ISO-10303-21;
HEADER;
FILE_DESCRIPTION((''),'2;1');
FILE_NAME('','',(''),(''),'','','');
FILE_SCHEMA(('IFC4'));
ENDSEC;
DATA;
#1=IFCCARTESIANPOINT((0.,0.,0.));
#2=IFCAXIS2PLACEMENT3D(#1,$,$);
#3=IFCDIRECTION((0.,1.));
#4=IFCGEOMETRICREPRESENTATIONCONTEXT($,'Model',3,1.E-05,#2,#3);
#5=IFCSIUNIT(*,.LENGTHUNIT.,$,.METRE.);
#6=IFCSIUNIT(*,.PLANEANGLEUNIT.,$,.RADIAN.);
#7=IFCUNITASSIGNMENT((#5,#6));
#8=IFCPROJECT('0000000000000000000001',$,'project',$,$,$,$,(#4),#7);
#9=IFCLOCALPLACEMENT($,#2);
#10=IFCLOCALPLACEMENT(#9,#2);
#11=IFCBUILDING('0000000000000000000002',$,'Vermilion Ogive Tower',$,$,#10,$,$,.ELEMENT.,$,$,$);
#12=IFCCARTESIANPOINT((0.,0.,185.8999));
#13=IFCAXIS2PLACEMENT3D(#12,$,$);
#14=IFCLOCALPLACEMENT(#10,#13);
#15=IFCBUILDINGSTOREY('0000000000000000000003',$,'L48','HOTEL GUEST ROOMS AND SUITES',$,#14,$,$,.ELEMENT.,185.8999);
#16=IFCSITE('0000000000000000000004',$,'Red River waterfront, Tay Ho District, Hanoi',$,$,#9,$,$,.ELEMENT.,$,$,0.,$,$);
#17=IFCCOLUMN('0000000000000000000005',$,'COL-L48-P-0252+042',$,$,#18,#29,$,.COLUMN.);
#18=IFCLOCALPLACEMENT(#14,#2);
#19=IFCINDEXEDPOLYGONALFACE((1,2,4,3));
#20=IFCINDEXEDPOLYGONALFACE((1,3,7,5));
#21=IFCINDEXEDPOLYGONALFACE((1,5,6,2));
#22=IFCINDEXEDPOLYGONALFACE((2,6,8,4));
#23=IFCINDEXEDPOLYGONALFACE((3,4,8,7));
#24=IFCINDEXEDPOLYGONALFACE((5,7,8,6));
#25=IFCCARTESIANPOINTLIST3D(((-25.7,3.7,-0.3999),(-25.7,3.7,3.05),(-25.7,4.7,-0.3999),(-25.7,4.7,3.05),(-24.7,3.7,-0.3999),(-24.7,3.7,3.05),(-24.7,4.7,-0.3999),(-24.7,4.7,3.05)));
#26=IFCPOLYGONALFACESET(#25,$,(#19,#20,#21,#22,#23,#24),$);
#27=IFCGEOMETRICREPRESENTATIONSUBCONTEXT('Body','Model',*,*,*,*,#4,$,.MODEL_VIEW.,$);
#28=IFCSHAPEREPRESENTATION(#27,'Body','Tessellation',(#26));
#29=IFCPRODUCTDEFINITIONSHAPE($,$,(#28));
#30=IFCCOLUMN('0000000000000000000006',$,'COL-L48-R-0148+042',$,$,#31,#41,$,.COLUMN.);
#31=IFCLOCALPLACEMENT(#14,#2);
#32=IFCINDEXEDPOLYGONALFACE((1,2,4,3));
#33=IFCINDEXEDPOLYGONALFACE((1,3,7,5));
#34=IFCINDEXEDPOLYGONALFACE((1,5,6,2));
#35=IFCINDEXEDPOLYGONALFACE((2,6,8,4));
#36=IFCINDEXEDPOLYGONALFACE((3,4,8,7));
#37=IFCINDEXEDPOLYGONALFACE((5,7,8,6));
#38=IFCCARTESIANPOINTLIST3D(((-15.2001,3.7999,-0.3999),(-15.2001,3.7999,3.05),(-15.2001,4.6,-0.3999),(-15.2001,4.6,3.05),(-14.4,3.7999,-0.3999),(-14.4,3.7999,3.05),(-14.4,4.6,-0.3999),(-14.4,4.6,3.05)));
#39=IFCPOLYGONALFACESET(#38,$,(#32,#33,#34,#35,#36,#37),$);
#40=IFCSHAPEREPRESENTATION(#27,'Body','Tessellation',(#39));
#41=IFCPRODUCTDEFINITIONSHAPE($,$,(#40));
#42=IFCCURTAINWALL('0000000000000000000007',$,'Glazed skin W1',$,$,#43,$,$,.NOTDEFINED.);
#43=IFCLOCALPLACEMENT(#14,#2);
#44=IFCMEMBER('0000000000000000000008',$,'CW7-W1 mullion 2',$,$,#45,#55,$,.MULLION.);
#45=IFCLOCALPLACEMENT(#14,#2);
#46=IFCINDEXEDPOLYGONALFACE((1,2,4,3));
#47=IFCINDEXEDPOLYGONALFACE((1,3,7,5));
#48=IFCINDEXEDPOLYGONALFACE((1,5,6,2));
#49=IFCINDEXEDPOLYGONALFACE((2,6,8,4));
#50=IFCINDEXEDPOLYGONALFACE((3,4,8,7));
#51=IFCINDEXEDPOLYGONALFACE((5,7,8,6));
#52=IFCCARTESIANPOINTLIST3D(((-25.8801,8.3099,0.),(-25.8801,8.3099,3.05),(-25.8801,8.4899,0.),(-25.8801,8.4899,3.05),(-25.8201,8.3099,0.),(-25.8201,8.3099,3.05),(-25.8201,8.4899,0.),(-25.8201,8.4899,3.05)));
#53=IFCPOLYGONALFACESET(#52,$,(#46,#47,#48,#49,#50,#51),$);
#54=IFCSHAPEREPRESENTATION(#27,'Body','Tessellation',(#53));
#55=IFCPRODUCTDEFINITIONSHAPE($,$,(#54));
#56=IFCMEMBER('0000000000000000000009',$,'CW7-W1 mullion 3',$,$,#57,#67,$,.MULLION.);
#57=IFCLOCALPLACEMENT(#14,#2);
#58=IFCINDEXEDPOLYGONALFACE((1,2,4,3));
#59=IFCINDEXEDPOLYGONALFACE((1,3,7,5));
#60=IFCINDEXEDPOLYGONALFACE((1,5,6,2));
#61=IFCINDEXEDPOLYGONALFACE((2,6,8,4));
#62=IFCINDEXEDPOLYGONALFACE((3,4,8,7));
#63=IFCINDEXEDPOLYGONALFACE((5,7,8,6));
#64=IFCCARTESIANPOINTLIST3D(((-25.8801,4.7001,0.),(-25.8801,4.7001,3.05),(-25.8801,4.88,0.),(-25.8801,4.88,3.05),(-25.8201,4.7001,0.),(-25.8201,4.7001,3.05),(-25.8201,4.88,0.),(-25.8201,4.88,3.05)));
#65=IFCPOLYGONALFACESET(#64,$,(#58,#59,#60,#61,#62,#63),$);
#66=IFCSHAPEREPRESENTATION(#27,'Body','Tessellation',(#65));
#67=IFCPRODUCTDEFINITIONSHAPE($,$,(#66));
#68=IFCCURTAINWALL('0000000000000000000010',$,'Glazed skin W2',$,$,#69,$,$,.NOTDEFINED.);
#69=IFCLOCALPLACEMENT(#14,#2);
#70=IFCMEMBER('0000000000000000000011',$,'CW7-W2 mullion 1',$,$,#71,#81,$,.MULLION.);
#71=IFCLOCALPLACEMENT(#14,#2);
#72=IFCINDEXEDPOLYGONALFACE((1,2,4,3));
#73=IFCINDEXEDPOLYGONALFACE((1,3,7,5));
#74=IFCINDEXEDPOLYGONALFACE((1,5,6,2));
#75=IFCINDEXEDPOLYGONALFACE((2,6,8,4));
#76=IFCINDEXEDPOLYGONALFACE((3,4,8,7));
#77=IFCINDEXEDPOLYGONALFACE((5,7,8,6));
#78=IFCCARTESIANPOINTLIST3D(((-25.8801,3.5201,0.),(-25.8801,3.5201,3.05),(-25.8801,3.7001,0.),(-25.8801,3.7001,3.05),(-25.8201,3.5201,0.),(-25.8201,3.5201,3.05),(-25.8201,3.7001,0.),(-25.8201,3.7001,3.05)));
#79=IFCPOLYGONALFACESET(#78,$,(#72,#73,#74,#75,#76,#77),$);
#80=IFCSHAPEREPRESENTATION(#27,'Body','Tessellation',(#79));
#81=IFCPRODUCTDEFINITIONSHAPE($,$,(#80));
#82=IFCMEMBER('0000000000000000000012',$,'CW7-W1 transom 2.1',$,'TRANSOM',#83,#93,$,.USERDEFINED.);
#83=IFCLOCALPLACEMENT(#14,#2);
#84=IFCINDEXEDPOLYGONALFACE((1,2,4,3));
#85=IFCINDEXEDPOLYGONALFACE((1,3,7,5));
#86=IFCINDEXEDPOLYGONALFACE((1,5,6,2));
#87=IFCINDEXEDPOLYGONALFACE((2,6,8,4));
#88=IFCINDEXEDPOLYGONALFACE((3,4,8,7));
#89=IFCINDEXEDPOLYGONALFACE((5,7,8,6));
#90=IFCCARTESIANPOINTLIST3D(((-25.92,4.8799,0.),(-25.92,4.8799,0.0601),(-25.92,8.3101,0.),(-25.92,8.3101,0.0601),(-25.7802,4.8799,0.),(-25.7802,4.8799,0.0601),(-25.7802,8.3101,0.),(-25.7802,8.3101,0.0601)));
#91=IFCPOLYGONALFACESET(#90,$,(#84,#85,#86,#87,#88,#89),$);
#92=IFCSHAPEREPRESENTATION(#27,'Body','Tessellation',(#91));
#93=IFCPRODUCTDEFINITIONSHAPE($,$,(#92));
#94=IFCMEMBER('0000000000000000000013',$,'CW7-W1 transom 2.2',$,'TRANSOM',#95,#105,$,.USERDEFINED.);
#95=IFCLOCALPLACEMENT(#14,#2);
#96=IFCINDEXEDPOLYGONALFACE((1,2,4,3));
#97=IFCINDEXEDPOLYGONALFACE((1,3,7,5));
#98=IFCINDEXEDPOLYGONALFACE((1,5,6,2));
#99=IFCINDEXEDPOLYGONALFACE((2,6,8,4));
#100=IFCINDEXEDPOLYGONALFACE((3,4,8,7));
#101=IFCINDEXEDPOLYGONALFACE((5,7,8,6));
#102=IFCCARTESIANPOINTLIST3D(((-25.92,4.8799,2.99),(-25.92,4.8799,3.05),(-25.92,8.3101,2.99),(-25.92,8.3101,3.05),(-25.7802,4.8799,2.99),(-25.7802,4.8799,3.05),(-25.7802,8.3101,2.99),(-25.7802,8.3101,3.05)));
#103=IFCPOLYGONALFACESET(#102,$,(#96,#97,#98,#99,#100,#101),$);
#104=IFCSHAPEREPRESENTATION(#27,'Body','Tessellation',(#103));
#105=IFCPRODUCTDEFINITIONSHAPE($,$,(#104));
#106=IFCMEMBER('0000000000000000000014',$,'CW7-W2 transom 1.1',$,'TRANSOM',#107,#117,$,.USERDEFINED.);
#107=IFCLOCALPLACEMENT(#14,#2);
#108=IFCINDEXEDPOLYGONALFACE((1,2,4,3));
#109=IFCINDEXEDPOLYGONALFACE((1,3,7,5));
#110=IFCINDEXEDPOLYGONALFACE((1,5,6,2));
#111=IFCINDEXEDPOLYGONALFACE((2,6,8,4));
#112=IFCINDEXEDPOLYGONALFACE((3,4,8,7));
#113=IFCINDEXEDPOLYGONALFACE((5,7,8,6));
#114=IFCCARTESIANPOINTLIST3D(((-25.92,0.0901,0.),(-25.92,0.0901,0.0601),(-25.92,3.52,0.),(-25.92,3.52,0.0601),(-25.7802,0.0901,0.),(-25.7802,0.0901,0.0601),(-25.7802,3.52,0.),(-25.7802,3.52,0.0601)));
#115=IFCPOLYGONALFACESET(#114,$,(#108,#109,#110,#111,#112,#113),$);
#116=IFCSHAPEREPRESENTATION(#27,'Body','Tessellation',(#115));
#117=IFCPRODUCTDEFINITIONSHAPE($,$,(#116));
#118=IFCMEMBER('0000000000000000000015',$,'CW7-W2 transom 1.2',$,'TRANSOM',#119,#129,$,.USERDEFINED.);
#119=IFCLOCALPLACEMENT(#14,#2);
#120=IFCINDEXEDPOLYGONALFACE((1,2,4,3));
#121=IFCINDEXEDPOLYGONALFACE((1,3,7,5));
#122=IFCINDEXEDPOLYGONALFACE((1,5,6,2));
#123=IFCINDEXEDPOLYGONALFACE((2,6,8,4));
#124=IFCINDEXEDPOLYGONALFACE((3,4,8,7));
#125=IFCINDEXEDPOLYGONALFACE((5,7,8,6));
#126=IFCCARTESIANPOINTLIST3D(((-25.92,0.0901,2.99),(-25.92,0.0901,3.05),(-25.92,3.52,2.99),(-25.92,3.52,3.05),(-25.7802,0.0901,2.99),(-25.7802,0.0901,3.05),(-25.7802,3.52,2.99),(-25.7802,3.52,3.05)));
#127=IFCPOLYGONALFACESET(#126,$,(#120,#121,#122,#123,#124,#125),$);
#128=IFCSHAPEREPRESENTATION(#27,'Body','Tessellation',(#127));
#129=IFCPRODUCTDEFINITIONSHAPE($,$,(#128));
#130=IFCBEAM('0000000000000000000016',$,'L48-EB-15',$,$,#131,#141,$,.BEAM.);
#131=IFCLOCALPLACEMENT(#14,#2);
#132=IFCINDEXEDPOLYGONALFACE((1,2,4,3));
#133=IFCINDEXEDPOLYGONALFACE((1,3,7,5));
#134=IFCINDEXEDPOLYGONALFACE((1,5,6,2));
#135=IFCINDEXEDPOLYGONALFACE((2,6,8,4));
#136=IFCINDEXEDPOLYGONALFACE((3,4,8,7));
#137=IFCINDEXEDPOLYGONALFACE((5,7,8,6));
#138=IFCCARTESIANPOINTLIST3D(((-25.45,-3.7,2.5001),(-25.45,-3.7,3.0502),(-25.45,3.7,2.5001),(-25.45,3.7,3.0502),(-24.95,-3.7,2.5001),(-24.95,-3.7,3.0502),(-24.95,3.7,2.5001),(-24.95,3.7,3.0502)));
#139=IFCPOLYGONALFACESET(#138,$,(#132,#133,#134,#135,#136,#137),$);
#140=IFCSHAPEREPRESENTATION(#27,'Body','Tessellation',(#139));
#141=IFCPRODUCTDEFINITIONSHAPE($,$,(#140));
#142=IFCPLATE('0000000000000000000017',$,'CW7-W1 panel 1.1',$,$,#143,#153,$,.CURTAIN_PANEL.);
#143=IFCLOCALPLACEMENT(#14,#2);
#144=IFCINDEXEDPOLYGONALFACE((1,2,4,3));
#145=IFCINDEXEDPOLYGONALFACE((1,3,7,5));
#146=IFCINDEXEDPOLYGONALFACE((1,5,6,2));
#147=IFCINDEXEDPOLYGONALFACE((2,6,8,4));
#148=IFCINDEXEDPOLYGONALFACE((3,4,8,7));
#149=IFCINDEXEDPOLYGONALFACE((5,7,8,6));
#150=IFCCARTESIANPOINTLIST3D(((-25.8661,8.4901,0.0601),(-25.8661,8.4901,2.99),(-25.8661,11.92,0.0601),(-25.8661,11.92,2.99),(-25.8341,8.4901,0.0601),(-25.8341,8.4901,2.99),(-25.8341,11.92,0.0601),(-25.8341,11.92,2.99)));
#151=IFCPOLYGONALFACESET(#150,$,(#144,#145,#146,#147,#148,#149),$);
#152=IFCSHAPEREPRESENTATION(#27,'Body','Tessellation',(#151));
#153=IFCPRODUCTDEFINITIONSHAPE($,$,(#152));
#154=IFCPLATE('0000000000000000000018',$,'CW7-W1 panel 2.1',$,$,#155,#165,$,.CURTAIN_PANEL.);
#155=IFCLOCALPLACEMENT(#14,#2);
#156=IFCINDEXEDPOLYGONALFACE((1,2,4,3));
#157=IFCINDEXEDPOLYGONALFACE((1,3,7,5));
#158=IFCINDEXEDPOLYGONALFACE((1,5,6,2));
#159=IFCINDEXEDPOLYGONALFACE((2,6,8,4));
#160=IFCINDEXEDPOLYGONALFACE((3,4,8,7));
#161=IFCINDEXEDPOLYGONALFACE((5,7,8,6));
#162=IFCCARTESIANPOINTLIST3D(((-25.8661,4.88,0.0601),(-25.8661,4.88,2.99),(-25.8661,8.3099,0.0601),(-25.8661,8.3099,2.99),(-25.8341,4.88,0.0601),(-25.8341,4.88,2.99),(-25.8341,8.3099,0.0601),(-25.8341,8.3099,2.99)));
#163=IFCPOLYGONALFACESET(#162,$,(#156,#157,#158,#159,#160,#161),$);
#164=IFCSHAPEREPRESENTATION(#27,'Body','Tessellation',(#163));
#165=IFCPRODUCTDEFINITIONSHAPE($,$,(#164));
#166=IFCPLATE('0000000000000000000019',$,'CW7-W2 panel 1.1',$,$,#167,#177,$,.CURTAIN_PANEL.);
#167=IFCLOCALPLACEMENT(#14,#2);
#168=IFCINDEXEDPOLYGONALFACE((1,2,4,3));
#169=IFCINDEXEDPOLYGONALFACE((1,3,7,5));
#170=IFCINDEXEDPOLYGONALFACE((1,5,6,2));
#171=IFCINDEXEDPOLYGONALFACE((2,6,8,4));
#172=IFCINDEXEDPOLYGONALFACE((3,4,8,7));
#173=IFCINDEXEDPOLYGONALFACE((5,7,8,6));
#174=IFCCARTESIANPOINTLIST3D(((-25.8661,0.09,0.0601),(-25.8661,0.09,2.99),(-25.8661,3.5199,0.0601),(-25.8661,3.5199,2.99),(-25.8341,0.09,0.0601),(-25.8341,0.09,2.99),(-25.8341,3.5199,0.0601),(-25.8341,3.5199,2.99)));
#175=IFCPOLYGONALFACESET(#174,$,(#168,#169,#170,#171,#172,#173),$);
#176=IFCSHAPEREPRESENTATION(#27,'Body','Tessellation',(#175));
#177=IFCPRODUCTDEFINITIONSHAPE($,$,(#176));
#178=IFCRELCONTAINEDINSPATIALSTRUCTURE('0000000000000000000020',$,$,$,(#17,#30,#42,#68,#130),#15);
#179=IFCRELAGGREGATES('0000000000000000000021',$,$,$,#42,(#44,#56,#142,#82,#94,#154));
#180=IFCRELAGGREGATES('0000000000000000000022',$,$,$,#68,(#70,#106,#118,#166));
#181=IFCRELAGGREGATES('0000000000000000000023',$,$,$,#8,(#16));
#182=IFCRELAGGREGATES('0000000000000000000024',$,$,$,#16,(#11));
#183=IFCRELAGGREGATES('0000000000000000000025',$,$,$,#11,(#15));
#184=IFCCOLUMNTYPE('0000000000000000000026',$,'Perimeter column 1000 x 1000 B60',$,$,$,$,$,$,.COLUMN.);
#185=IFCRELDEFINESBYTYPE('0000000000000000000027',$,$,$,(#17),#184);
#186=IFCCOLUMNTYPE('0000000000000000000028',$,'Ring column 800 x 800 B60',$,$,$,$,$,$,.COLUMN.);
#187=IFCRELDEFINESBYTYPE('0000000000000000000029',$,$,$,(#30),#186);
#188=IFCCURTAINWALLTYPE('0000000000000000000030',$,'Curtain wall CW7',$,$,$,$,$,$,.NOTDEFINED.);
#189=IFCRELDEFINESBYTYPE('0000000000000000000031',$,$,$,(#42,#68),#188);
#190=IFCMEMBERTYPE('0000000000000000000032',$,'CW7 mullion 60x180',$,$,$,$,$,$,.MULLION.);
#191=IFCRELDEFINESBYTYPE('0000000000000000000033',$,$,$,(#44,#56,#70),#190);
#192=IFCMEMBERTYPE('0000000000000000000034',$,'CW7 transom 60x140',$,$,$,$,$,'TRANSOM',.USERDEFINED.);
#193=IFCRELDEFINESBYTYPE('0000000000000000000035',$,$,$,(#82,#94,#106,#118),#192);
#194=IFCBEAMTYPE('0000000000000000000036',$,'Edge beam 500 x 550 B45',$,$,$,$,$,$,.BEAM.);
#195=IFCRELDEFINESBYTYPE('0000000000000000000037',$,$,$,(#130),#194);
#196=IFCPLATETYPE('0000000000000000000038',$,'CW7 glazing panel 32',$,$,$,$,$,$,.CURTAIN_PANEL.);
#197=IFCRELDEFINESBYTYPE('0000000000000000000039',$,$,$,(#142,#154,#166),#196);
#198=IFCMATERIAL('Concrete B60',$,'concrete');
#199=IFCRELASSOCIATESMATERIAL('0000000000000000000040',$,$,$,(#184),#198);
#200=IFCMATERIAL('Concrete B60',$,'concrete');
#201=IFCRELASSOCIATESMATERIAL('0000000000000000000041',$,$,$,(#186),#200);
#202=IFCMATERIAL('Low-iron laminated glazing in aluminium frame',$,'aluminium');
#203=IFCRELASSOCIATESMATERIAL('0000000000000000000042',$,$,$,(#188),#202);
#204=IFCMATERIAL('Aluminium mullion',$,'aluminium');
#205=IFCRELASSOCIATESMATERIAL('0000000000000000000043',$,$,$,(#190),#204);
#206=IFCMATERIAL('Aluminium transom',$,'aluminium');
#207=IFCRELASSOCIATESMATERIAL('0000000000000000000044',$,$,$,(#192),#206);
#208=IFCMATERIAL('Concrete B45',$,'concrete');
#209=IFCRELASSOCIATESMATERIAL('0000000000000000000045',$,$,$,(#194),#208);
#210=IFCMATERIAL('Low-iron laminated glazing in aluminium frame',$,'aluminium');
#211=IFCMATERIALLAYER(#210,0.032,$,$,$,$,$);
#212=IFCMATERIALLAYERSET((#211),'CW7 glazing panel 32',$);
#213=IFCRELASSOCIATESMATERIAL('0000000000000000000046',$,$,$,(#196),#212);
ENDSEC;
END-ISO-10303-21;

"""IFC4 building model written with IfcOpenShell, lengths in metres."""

from ifc_helpers import new_model, si_unit, direction, frame, origin, origin_2d, place, context, subcontext, project, spatial, rectangle, extrude, material, layer, layer_set, material_profile, profile_set, type_object, element, aggregate, save


model = new_model("IFC4")

# Units and contexts
model_context = context("Model", 3, precision=1e-05, world=origin(), true_north=direction((0.0, 1.0)))
body_context = subcontext(model_context, "Body", "Model", "MODEL_VIEW")
ifc_project = project(units=[si_unit("LENGTHUNIT", "METRE"), si_unit("PLANEANGLEUNIT", "RADIAN")], contexts=[model_context])

# Site, building, storey
site_placement = place(None, origin())
site = spatial("IfcSite", under=ifc_project, at=site_placement, Name="Red River waterfront, Tay Ho District, Hanoi", CompositionType="ELEMENT", RefElevation=0.0)
building_placement = place(site_placement, origin())
building = spatial("IfcBuilding", under=site, at=building_placement, Name="Vermilion Ogive Tower", CompositionType="ELEMENT")
storey_placement = place(building_placement, frame((0.0, 0.0, 185.8999)))
storey = spatial("IfcBuildingStorey", under=building, at=storey_placement, Name="L48", Description="HOTEL GUEST ROOMS AND SUITES", CompositionType="ELEMENT", Elevation=185.8999)

# Columns
ifc_material_1 = material(Name="Concrete B60", Category="concrete")
ifc_material_profile_1 = material_profile(ifc_material_1, rectangle(XDim=1.0, YDim=1.0, at=origin_2d()), Name="1000 x 1000")
ifc_profile_set_1 = profile_set([ifc_material_profile_1], Name="Concrete B60")
column_type_1 = type_object("IfcColumnType", Name="Perimeter column 1000 x 1000 B60", PredefinedType="COLUMN", material=ifc_profile_set_1)
column_1_placement = place(storey_placement, frame((-25.2, 4.2, -0.3999), z_axis=(0.0, 0.0, 1.0), x_axis=(1.0, 0.0, 0.0)))
element("IfcColumn", 1, at=column_1_placement, inside=storey, type_object=column_type_1, Name="COL-L48-P-0252+042", PredefinedType="COLUMN", context=body_context, shape_type="SweptSolid", body=[
    extrude(rectangle(XDim=1.0, YDim=1.0, at=origin_2d()), origin(), (0.0, 0.0, 1.0), 3.45),
])
ifc_material_2 = material(Name="Concrete B60", Category="concrete")
ifc_material_profile_2 = material_profile(ifc_material_2, rectangle(XDim=0.8, YDim=0.8, at=origin_2d()), Name="800 x 800")
ifc_profile_set_2 = profile_set([ifc_material_profile_2], Name="Concrete B60")
column_type_2 = type_object("IfcColumnType", Name="Ring column 800 x 800 B60", PredefinedType="COLUMN", material=ifc_profile_set_2)
column_2_placement = place(storey_placement, frame((-14.8, 4.2, -0.3999), z_axis=(0.0, 0.0, 1.0), x_axis=(1.0, 0.0, 0.0)))
element("IfcColumn", 2, at=column_2_placement, inside=storey, type_object=column_type_2, Name="COL-L48-R-0148+042", PredefinedType="COLUMN", context=body_context, shape_type="SweptSolid", body=[
    extrude(rectangle(XDim=0.8, YDim=0.8, at=origin_2d()), origin(), (0.0, 0.0, 1.0), 3.45),
])

# Curtain wall, members
ifc_material_3 = material(Name="Low-iron laminated glazing in aluminium frame", Category="aluminium")
curtain_wall_type = type_object("IfcCurtainWallType", Name="Curtain wall CW7", PredefinedType="NOTDEFINED", material=ifc_material_3)
curtain_wall_1_placement = place(storey_placement, origin())
curtain_wall_1 = element("IfcCurtainWall", 3, at=curtain_wall_1_placement, inside=storey, type_object=curtain_wall_type, Name="Glazed skin W1", PredefinedType="NOTDEFINED")
ifc_material_4 = material(Name="Aluminium mullion", Category="aluminium")
ifc_material_profile_3 = material_profile(ifc_material_4, rectangle(XDim=0.0601, YDim=0.1799, at=origin_2d()), Name="AL 60x180")
ifc_profile_set_3 = profile_set([ifc_material_profile_3], Name="Aluminium mullion")
member_type_1 = type_object("IfcMemberType", Name="CW7 mullion 60x180", PredefinedType="MULLION", material=ifc_profile_set_3)
member_1_placement = place(storey_placement, frame((-25.8501, 8.3999, 0.0), z_axis=(0.0, 0.0, 1.0), x_axis=(1.0, 0.0, 0.0)))
member_1 = element("IfcMember", 4, at=member_1_placement, type_object=member_type_1, Name="CW7-W1 mullion 2", PredefinedType="MULLION", context=body_context, shape_type="SweptSolid", body=[
    extrude(rectangle(XDim=0.0601, YDim=0.1799, at=origin_2d()), origin(), (0.0, 0.0, 1.0), 3.05),
])
member_2_placement = place(storey_placement, frame((-25.8501, 4.79, 0.0), z_axis=(0.0, 0.0, 1.0), x_axis=(1.0, 0.0, 0.0)))
member_2 = element("IfcMember", 5, at=member_2_placement, type_object=member_type_1, Name="CW7-W1 mullion 3", PredefinedType="MULLION", context=body_context, shape_type="SweptSolid", body=[
    extrude(rectangle(XDim=0.0601, YDim=0.1799, at=origin_2d()), origin(), (0.0, 0.0, 1.0), 3.05),
])

# Curtain wall, member
curtain_wall_2_placement = place(storey_placement, origin())
curtain_wall_2 = element("IfcCurtainWall", 6, at=curtain_wall_2_placement, inside=storey, type_object=curtain_wall_type, Name="Glazed skin W2", PredefinedType="NOTDEFINED")
member_3_placement = place(storey_placement, frame((-25.8501, 3.6101, 0.0), z_axis=(0.0, 0.0, 1.0), x_axis=(1.0, 0.0, 0.0)))
member_3 = element("IfcMember", 7, at=member_3_placement, type_object=member_type_1, Name="CW7-W2 mullion 1", PredefinedType="MULLION", context=body_context, shape_type="SweptSolid", body=[
    extrude(rectangle(XDim=0.0601, YDim=0.1799, at=origin_2d()), origin(), (0.0, 0.0, 1.0), 3.05),
])

# Members
ifc_material_5 = material(Name="Aluminium transom", Category="aluminium")
ifc_material_profile_4 = material_profile(ifc_material_5, rectangle(XDim=0.1399, YDim=0.0601, at=origin_2d()), Name="AL 60x140")
ifc_profile_set_4 = profile_set([ifc_material_profile_4], Name="Aluminium transom")
member_type_2 = type_object("IfcMemberType", Name="CW7 transom 60x140", ElementType="TRANSOM", PredefinedType="USERDEFINED", material=ifc_profile_set_4)
member_4_placement = place(storey_placement, frame((-25.8501, 8.3101, 0.03), z_axis=(0.0, -1.0, 0.0), x_axis=(1.0, 0.0, 0.0)))
member_4 = element("IfcMember", 8, at=member_4_placement, type_object=member_type_2, Name="CW7-W1 transom 2.1", ObjectType="TRANSOM", PredefinedType="USERDEFINED", context=body_context, shape_type="SweptSolid", body=[
    extrude(rectangle(XDim=0.1399, YDim=0.0601, at=origin_2d()), origin(), (0.0, 0.0, 1.0), 3.4302),
])
member_5_placement = place(storey_placement, frame((-25.8501, 8.3101, 3.02), z_axis=(0.0, -1.0, 0.0), x_axis=(1.0, 0.0, 0.0)))
member_5 = element("IfcMember", 9, at=member_5_placement, type_object=member_type_2, Name="CW7-W1 transom 2.2", ObjectType="TRANSOM", PredefinedType="USERDEFINED", context=body_context, shape_type="SweptSolid", body=[
    extrude(rectangle(XDim=0.1399, YDim=0.0601, at=origin_2d()), origin(), (0.0, 0.0, 1.0), 3.4302),
])
member_6_placement = place(storey_placement, frame((-25.8501, 3.52, 0.03), z_axis=(0.0, -1.0, 0.0), x_axis=(1.0, 0.0, 0.0)))
member_6 = element("IfcMember", 10, at=member_6_placement, type_object=member_type_2, Name="CW7-W2 transom 1.1", ObjectType="TRANSOM", PredefinedType="USERDEFINED", context=body_context, shape_type="SweptSolid", body=[
    extrude(rectangle(XDim=0.1399, YDim=0.0601, at=origin_2d()), origin(), (0.0, 0.0, 1.0), 3.4299),
])
member_7_placement = place(storey_placement, frame((-25.8501, 3.52, 3.02), z_axis=(0.0, -1.0, 0.0), x_axis=(1.0, 0.0, 0.0)))
member_7 = element("IfcMember", 11, at=member_7_placement, type_object=member_type_2, Name="CW7-W2 transom 1.2", ObjectType="TRANSOM", PredefinedType="USERDEFINED", context=body_context, shape_type="SweptSolid", body=[
    extrude(rectangle(XDim=0.1399, YDim=0.0601, at=origin_2d()), origin(), (0.0, 0.0, 1.0), 3.4299),
])

# Beam
ifc_material_6 = material(Name="Concrete B45", Category="concrete")
ifc_material_profile_5 = material_profile(ifc_material_6, rectangle(XDim=0.5, YDim=0.55, at=origin_2d()), Name="500 x 550")
ifc_profile_set_5 = profile_set([ifc_material_profile_5], Name="Concrete B45")
beam_type = type_object("IfcBeamType", Name="Edge beam 500 x 550 B45", PredefinedType="BEAM", material=ifc_profile_set_5)
beam_placement = place(storey_placement, frame((-25.2, 3.7, 2.7751), z_axis=(0.0, -1.0, 0.0), x_axis=(1.0, 0.0, 0.0)))
element("IfcBeam", 12, at=beam_placement, inside=storey, type_object=beam_type, Name="L48-EB-15", PredefinedType="BEAM", context=body_context, shape_type="SweptSolid", body=[
    extrude(rectangle(XDim=0.5, YDim=0.55, at=origin_2d()), origin(), (0.0, 0.0, 1.0), 7.3999),
])

# Plates
ifc_material_7 = material(Name="Low-iron laminated glazing in aluminium frame", Category="aluminium")
ifc_layer_1 = layer(ifc_material_7, 0.032)
ifc_layer_set_1 = layer_set([ifc_layer_1], Name="CW7 glazing panel 32")
plate_type = type_object("IfcPlateType", Name="CW7 glazing panel 32", PredefinedType="CURTAIN_PANEL", material=ifc_layer_set_1)
plate_1_placement = place(storey_placement, frame((-25.8501, 10.2051, 0.0601), z_axis=(0.0, 0.0, 1.0), x_axis=(0.0, -1.0, 0.0)))
plate_1 = element("IfcPlate", 13, at=plate_1_placement, type_object=plate_type, Name="CW7-W1 panel 1.1", PredefinedType="CURTAIN_PANEL", context=body_context, shape_type="SweptSolid", body=[
    extrude(rectangle(XDim=3.4299, YDim=0.032, at=origin_2d()), origin(), (0.0, 0.0, 1.0), 2.9299),
])
plate_2_placement = place(storey_placement, frame((-25.8501, 6.595, 0.0601), z_axis=(0.0, 0.0, 1.0), x_axis=(0.0, -1.0, 0.0)))
plate_2 = element("IfcPlate", 14, at=plate_2_placement, type_object=plate_type, Name="CW7-W1 panel 2.1", PredefinedType="CURTAIN_PANEL", context=body_context, shape_type="SweptSolid", body=[
    extrude(rectangle(XDim=3.4299, YDim=0.032, at=origin_2d()), origin(), (0.0, 0.0, 1.0), 2.9299),
])
aggregate(curtain_wall_1, [member_1, member_2, plate_1, member_4, member_5, plate_2])
plate_3_placement = place(storey_placement, frame((-25.8501, 1.8049, 0.0601), z_axis=(0.0, 0.0, 1.0), x_axis=(0.0, -1.0, 0.0)))
plate_3 = element("IfcPlate", 15, at=plate_3_placement, type_object=plate_type, Name="CW7-W2 panel 1.1", PredefinedType="CURTAIN_PANEL", context=body_context, shape_type="SweptSolid", body=[
    extrude(rectangle(XDim=3.4299, YDim=0.032, at=origin_2d()), origin(), (0.0, 0.0, 1.0), 2.9299),
])
aggregate(curtain_wall_2, [member_3, member_6, member_7, plate_3])

save(model, "model.ifc")
